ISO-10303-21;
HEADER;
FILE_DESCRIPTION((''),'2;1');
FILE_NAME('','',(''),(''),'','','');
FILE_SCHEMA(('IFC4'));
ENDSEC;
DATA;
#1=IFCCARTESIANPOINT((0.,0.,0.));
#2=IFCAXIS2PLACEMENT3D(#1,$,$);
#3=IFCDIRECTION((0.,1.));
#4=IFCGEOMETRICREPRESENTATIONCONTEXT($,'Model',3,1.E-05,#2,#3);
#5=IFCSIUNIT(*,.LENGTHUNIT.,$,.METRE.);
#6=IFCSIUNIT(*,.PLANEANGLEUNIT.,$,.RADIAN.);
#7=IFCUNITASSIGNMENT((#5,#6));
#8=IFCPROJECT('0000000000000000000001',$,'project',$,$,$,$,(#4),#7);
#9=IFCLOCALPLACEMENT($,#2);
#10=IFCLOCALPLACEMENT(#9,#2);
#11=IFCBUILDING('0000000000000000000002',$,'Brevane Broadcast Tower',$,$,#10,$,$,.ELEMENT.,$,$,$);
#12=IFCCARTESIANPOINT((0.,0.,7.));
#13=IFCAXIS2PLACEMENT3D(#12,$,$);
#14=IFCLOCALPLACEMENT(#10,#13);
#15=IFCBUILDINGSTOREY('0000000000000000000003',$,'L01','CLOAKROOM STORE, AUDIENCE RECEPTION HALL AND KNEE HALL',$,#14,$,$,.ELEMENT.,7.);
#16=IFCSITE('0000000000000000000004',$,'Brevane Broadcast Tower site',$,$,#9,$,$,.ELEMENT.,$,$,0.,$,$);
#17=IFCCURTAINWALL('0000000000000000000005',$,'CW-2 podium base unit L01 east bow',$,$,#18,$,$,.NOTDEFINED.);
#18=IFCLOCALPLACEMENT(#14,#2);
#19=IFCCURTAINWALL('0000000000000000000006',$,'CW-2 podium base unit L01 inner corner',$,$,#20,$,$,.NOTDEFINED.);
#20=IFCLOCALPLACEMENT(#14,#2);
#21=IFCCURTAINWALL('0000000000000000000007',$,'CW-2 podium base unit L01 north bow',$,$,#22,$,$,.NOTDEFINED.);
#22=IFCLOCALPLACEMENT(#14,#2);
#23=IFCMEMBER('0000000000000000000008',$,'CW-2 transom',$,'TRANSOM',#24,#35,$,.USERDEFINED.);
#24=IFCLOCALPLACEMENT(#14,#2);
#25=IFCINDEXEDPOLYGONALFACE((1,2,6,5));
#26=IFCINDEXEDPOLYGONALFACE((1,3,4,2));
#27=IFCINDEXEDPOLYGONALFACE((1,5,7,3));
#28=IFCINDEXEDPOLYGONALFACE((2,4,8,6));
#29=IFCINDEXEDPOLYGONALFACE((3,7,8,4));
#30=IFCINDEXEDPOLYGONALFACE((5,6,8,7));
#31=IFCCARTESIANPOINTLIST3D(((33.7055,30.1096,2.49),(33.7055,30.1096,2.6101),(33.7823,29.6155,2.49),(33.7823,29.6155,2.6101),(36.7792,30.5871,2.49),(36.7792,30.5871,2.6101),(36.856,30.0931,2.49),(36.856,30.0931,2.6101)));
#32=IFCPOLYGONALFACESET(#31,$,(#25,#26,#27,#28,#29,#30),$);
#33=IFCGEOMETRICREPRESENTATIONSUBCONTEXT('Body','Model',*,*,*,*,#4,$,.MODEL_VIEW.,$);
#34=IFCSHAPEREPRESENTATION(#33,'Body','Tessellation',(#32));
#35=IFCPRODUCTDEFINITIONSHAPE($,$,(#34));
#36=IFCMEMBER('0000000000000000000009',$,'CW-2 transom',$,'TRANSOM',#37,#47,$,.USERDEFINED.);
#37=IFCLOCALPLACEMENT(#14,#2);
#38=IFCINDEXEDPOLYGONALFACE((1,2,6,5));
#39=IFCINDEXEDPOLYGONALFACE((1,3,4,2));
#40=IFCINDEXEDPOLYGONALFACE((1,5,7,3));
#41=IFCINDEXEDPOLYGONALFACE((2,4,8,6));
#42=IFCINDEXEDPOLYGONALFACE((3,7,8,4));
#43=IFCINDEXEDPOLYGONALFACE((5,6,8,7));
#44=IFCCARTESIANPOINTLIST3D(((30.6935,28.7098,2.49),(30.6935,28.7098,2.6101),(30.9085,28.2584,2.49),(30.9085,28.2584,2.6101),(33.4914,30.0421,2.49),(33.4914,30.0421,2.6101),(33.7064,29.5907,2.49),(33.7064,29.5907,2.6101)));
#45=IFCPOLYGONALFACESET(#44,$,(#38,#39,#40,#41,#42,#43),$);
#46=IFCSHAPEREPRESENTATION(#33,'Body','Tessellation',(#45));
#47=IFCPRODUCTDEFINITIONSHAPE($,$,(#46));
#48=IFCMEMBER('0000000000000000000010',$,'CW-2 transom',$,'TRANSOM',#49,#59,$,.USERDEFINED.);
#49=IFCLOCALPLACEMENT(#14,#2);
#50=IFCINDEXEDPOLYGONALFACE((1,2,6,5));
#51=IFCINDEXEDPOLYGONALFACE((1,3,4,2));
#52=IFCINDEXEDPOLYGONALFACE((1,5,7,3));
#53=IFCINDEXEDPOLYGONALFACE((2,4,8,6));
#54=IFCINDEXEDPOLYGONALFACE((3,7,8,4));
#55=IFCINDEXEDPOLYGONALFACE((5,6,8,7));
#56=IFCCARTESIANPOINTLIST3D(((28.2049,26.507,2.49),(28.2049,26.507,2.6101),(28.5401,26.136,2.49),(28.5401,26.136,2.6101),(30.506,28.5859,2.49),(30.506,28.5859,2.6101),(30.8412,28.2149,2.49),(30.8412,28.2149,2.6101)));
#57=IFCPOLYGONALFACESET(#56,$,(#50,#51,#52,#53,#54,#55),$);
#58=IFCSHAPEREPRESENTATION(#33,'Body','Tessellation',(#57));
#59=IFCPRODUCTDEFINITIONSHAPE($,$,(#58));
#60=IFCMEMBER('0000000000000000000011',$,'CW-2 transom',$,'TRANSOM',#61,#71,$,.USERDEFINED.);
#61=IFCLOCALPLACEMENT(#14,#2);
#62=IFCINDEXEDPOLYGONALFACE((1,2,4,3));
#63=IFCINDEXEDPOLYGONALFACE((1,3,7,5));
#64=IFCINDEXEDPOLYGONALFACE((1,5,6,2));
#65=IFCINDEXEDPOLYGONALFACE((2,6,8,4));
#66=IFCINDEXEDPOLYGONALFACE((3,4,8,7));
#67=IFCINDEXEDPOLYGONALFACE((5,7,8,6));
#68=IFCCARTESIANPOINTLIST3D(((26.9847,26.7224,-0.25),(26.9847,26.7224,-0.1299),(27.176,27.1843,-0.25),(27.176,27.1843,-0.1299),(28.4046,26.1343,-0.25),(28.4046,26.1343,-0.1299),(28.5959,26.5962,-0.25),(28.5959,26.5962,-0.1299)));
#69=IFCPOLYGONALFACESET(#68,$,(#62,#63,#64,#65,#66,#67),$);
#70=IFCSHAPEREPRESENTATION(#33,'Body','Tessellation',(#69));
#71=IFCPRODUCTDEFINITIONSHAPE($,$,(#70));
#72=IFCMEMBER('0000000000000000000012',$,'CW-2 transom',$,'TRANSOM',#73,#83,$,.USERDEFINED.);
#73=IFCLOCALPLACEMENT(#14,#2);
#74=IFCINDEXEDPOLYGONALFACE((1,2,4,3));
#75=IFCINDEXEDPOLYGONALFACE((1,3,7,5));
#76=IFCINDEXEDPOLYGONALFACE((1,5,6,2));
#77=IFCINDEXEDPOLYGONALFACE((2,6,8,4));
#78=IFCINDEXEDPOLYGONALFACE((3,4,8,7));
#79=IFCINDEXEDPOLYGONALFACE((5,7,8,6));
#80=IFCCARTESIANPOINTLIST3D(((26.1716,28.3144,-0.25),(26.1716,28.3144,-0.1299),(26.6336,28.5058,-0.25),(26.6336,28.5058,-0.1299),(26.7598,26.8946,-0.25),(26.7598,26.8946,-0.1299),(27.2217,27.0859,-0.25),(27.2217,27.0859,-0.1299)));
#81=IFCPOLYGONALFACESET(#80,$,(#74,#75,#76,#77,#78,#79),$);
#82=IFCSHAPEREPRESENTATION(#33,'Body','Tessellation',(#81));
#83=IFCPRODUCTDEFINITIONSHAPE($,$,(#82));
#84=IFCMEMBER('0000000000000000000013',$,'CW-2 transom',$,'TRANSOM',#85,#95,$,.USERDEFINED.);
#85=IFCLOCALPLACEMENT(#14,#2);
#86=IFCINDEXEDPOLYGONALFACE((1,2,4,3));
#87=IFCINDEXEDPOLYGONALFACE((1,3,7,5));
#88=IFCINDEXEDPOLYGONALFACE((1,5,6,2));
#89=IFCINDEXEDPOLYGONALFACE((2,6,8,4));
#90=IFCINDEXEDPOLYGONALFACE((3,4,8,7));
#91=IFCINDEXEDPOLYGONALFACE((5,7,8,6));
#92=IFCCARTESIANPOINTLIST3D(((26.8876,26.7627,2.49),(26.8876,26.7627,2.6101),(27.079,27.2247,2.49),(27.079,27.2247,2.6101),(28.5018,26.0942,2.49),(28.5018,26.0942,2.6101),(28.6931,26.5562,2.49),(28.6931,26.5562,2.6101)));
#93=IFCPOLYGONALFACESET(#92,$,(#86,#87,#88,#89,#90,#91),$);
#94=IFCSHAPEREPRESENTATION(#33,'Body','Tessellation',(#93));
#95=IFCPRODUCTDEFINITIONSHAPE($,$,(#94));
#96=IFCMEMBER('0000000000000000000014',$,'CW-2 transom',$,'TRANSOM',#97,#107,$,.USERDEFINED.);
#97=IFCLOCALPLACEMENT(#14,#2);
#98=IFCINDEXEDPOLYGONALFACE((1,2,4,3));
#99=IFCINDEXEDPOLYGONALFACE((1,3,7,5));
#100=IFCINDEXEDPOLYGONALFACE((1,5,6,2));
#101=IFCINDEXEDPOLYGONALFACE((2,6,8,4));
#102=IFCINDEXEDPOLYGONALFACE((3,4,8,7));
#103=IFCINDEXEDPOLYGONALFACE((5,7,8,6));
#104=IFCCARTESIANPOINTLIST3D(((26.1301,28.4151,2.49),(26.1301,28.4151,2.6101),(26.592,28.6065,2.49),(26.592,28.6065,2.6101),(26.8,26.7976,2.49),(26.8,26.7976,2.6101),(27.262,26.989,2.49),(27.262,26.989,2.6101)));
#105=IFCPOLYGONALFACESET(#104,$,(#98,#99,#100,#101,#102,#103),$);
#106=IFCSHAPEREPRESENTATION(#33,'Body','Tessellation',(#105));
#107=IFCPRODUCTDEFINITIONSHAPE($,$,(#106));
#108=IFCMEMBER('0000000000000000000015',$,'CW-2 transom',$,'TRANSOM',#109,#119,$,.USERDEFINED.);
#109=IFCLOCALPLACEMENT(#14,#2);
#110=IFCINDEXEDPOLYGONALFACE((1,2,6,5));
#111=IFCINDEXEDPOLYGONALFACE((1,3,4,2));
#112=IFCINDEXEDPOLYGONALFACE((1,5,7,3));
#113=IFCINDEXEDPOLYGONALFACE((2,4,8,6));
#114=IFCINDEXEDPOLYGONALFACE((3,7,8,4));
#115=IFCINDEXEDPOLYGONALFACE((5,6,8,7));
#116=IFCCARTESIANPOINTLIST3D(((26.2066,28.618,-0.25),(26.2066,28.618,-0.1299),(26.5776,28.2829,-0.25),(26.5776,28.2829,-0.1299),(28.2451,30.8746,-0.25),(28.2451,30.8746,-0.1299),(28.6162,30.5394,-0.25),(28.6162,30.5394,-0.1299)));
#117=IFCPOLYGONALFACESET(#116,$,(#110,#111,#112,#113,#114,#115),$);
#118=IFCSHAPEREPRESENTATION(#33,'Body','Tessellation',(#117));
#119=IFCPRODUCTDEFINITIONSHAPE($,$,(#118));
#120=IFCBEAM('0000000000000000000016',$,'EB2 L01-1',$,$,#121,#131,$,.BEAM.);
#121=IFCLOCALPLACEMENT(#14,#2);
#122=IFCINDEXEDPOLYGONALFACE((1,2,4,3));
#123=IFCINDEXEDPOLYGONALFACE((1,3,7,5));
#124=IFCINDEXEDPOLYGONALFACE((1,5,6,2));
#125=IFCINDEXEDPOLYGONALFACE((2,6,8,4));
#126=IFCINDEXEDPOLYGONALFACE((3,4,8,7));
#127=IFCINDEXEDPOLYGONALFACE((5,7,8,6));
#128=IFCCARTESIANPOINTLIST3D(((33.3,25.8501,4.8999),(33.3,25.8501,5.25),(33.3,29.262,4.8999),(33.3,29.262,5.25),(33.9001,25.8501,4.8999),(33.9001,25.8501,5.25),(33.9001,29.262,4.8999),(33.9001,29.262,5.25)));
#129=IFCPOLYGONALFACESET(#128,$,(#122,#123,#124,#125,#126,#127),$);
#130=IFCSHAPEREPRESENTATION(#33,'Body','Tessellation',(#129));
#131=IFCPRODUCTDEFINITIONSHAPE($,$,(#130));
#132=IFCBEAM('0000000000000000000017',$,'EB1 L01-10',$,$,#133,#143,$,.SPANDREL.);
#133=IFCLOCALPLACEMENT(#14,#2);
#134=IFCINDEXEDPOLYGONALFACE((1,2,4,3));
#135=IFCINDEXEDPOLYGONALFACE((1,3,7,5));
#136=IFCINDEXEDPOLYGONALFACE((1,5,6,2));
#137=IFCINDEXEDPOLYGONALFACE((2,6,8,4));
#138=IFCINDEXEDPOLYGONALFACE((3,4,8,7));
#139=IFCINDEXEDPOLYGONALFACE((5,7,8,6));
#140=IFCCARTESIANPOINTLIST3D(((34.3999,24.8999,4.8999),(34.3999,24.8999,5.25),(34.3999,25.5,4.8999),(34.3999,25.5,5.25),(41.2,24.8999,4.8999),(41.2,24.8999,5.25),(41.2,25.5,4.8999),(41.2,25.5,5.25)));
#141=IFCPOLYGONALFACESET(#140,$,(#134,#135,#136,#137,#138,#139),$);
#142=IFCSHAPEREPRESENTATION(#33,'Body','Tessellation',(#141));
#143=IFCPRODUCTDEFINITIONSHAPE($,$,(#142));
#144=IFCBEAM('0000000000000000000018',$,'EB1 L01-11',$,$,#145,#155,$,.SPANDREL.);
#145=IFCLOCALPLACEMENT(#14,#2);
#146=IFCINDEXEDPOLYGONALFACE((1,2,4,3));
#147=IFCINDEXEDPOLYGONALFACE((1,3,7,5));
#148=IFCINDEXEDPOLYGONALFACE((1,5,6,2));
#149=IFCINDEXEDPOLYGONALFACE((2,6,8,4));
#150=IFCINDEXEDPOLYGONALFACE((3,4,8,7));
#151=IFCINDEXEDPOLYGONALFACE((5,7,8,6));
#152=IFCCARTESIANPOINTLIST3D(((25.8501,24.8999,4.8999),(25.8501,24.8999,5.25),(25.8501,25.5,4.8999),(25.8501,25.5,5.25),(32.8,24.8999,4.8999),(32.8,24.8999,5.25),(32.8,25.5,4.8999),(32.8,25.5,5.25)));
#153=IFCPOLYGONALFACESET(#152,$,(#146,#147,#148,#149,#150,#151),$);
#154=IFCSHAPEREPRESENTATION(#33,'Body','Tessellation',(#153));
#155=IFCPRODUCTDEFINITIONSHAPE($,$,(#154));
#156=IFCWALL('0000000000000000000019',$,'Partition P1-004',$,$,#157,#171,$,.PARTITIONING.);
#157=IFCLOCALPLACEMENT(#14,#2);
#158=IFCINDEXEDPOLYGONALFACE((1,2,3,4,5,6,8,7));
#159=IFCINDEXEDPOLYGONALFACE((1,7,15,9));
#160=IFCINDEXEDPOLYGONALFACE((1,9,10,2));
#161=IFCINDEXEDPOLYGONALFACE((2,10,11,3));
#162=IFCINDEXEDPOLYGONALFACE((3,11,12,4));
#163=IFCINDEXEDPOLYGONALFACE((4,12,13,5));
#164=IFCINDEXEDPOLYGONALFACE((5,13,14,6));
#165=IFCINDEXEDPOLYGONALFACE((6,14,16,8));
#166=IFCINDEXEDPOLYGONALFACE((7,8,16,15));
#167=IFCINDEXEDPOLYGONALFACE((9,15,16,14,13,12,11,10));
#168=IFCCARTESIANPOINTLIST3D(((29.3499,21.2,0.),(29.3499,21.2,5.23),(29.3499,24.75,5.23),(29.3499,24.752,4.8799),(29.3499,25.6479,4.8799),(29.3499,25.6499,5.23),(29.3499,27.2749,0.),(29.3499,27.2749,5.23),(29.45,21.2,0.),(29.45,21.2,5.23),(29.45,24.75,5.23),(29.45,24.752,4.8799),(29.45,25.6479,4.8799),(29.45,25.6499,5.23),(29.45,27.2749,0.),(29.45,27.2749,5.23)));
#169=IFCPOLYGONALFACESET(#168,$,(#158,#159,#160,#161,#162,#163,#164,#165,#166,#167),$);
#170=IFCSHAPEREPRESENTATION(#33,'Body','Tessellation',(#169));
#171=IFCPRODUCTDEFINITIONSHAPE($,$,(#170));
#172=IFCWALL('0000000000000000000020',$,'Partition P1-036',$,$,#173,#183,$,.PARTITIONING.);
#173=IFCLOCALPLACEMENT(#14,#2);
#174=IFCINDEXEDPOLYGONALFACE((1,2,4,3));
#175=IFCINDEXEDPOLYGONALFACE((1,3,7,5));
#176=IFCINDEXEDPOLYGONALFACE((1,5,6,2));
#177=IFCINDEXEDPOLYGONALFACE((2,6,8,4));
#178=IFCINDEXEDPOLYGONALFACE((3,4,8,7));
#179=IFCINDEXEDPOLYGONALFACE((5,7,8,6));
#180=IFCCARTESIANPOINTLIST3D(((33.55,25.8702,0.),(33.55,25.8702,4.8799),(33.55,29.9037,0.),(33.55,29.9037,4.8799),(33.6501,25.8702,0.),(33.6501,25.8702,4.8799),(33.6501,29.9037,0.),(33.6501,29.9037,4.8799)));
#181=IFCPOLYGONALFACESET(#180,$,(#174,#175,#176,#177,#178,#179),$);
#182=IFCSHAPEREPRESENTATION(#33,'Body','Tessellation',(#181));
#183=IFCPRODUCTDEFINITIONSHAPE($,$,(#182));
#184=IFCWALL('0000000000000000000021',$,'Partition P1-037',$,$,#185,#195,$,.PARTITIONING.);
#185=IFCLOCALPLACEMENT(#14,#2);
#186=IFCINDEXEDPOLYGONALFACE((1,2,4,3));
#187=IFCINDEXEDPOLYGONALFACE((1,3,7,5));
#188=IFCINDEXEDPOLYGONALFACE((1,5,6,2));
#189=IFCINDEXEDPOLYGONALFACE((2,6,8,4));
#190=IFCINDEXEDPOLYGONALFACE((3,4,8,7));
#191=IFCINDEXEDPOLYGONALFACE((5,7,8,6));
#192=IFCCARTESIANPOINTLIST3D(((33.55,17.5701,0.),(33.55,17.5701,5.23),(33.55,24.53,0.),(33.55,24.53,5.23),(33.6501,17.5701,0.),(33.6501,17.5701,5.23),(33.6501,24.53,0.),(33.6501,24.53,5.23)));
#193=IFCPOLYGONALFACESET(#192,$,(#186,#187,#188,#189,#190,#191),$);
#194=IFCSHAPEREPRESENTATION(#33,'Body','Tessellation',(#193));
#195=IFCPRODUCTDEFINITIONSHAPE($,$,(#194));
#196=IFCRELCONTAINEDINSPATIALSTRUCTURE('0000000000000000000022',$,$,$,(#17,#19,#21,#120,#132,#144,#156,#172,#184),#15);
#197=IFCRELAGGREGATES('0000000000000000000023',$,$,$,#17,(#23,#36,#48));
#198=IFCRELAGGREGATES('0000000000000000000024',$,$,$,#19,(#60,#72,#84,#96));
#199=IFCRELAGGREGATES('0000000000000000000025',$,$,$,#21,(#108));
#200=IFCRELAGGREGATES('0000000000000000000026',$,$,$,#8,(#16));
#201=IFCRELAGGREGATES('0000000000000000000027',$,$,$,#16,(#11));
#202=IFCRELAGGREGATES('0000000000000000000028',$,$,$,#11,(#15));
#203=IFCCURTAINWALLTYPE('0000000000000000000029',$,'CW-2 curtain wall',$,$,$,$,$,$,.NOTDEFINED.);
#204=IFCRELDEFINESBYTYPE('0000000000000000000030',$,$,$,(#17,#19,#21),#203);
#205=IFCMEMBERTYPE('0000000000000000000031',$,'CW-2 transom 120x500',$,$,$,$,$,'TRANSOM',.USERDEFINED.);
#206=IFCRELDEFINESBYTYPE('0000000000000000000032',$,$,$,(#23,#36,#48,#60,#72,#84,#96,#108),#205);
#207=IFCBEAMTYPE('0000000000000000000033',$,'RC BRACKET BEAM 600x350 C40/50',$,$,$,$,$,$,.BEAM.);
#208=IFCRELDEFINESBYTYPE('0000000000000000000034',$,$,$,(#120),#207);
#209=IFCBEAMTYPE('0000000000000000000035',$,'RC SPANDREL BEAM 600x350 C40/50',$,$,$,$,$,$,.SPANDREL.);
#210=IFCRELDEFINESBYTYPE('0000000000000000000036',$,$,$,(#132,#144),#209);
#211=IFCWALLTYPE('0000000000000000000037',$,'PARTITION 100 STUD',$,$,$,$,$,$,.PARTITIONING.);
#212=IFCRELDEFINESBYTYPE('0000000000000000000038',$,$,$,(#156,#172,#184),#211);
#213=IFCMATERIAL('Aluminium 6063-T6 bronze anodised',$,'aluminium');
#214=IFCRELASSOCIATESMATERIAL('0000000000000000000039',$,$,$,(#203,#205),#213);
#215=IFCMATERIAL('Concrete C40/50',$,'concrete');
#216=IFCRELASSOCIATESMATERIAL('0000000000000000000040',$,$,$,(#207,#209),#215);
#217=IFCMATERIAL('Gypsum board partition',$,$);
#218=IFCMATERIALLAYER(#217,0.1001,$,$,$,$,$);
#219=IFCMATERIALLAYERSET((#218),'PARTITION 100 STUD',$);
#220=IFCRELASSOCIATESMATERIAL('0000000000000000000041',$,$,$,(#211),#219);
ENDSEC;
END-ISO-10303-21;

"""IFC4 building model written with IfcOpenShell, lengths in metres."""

from ifc_helpers import new_model, si_unit, direction, frame, frame_2d, origin, origin_2d, place, context, subcontext, project, spatial, polyline, rectangle, outline, extrude, material, layer, layer_set, material_profile, profile_set, type_object, element, aggregate, save


model = new_model("IFC4")

# Units and contexts
model_context = context("Model", 3, precision=1e-05, world=origin(), true_north=direction((0.0, 1.0)))
body_context = subcontext(model_context, "Body", "Model", "MODEL_VIEW")
ifc_project = project(units=[si_unit("LENGTHUNIT", "METRE"), si_unit("PLANEANGLEUNIT", "RADIAN")], contexts=[model_context])

# Site, building, storey
site_placement = place(None, origin())
site = spatial("IfcSite", under=ifc_project, at=site_placement, Name="Brevane Broadcast Tower site", CompositionType="ELEMENT", RefElevation=0.0)
building_placement = place(site_placement, origin())
building = spatial("IfcBuilding", under=site, at=building_placement, Name="Brevane Broadcast Tower", CompositionType="ELEMENT")
storey_placement = place(building_placement, frame((0.0, 0.0, 7.0)))
storey = spatial("IfcBuildingStorey", under=building, at=storey_placement, Name="L01", Description="CLOAKROOM STORE, AUDIENCE RECEPTION HALL AND KNEE HALL", CompositionType="ELEMENT", Elevation=7.0)

# Curtain wall
ifc_material_1 = material(Name="Aluminium 6063-T6 bronze anodised", Category="aluminium")
curtain_wall_type = type_object("IfcCurtainWallType", Name="CW-2 curtain wall", PredefinedType="NOTDEFINED", material=ifc_material_1)
curtain_wall_1_placement = place(storey_placement, origin())
curtain_wall_1 = element("IfcCurtainWall", 1, at=curtain_wall_1_placement, inside=storey, type_object=curtain_wall_type, Name="CW-2 podium base unit L01 east bow", PredefinedType="NOTDEFINED")

# Curtain walls
curtain_wall_2_placement = place(storey_placement, origin())
curtain_wall_2 = element("IfcCurtainWall", 2, at=curtain_wall_2_placement, inside=storey, type_object=curtain_wall_type, Name="CW-2 podium base unit L01 inner corner", PredefinedType="NOTDEFINED")
curtain_wall_3_placement = place(storey_placement, origin())
curtain_wall_3 = element("IfcCurtainWall", 3, at=curtain_wall_3_placement, inside=storey, type_object=curtain_wall_type, Name="CW-2 podium base unit L01 north bow", PredefinedType="NOTDEFINED")

# Members
ifc_material_profile_1 = material_profile(ifc_material_1, rectangle(XDim=0.5, YDim=0.1201, at=origin_2d()), Name="RECT 120x500")
ifc_profile_set_1 = profile_set([ifc_material_profile_1], Name="Aluminium 6063-T6 bronze anodised")
member_type_1 = type_object("IfcMemberType", Name="CW-2 transom 120x500", ElementType="TRANSOM", PredefinedType="USERDEFINED", material=ifc_profile_set_1)
member_1_placement = place(storey_placement, frame((36.8176, 30.3401, 2.55), z_axis=(-0.988146, -0.15352, 0.0), x_axis=(0.15352, -0.988146, 0.0)))
member_1 = element("IfcMember", 4, at=member_1_placement, type_object=member_type_1, Name="CW-2 transom", ObjectType="TRANSOM", PredefinedType="USERDEFINED", context=body_context, shape_type="SweptSolid", body=[
    extrude(rectangle(XDim=0.5, YDim=0.1201, at=origin_2d()), origin(), (0.0, 0.0, 1.0), 3.1106),
])
member_2_placement = place(storey_placement, frame((33.5989, 29.8164, 2.55), z_axis=(-0.902865, -0.429924, 0.0), x_axis=(0.429924, -0.902865, 0.0)))
member_2 = element("IfcMember", 5, at=member_2_placement, type_object=member_type_1, Name="CW-2 transom", ObjectType="TRANSOM", PredefinedType="USERDEFINED", context=body_context, shape_type="SweptSolid", body=[
    extrude(rectangle(XDim=0.5, YDim=0.1201, at=origin_2d()), origin(), (0.0, 0.0, 1.0), 3.0989),
])
member_3_placement = place(storey_placement, frame((30.6736, 28.4004, 2.55), z_axis=(-0.742021, -0.670377, 0.0), x_axis=(0.670377, -0.742021, 0.0)))
member_3 = element("IfcMember", 6, at=member_3_placement, type_object=member_type_1, Name="CW-2 transom", ObjectType="TRANSOM", PredefinedType="USERDEFINED", context=body_context, shape_type="SweptSolid", body=[
    extrude(rectangle(XDim=0.5, YDim=0.1201, at=origin_2d()), origin(), (0.0, 0.0, 1.0), 3.1011),
])
aggregate(curtain_wall_1, [member_1, member_2, member_3])
member_4_placement = place(storey_placement, frame((28.5002, 26.3652, -0.1899), z_axis=(-0.923883, 0.382674, 0.0), x_axis=(-0.382674, -0.923883, 0.0)))
member_4 = element("IfcMember", 7, at=member_4_placement, type_object=member_type_1, Name="CW-2 transom", ObjectType="TRANSOM", PredefinedType="USERDEFINED", context=body_context, shape_type="SweptSolid", body=[
    extrude(rectangle(XDim=0.5, YDim=0.1201, at=origin_2d()), origin(), (0.0, 0.0, 1.0), 1.5369),
])
member_5_placement = place(storey_placement, frame((26.9907, 26.9902, -0.1899), z_axis=(-0.382674, 0.923883, 0.0), x_axis=(-0.923883, -0.382674, 0.0)))
member_5 = element("IfcMember", 8, at=member_5_placement, type_object=member_type_1, Name="CW-2 transom", ObjectType="TRANSOM", PredefinedType="USERDEFINED", context=body_context, shape_type="SweptSolid", body=[
    extrude(rectangle(XDim=0.5, YDim=0.1201, at=origin_2d()), origin(), (0.0, 0.0, 1.0), 1.5369),
])
member_6_placement = place(storey_placement, frame((28.5974, 26.3252, 2.55), z_axis=(-0.923898, 0.38264, 0.0), x_axis=(-0.38264, -0.923898, 0.0)))
member_6 = element("IfcMember", 9, at=member_6_placement, type_object=member_type_1, Name="CW-2 transom", ObjectType="TRANSOM", PredefinedType="USERDEFINED", context=body_context, shape_type="SweptSolid", body=[
    extrude(rectangle(XDim=0.5, YDim=0.1201, at=origin_2d()), origin(), (0.0, 0.0, 1.0), 1.7471),
])
member_7_placement = place(storey_placement, frame((27.031, 26.8933, 2.55), z_axis=(-0.382664, 0.923888, 0.0), x_axis=(-0.923888, -0.382664, 0.0)))
member_7 = element("IfcMember", 10, at=member_7_placement, type_object=member_type_1, Name="CW-2 transom", ObjectType="TRANSOM", PredefinedType="USERDEFINED", context=body_context, shape_type="SweptSolid", body=[
    extrude(rectangle(XDim=0.5, YDim=0.1201, at=origin_2d()), origin(), (0.0, 0.0, 1.0), 1.7507),
])
aggregate(curtain_wall_2, [member_4, member_5, member_6, member_7])
member_8_placement = place(storey_placement, frame((26.3921, 28.4504, -0.1899), z_axis=(0.670352, 0.742043, 0.0), x_axis=(-0.742043, 0.670352, 0.0)))
member_8 = element("IfcMember", 11, at=member_8_placement, type_object=member_type_1, Name="CW-2 transom", ObjectType="TRANSOM", PredefinedType="USERDEFINED", context=body_context, shape_type="SweptSolid", body=[
    extrude(rectangle(XDim=0.5, YDim=0.1201, at=origin_2d()), origin(), (0.0, 0.0, 1.0), 3.041),
])
aggregate(curtain_wall_3, [member_8])

# Beams
ifc_material_2 = material(Name="Concrete C40/50", Category="concrete")
ifc_material_profile_2 = material_profile(ifc_material_2, rectangle(XDim=0.6001, YDim=0.3501, at=origin_2d()), Name="RC 600x350")
ifc_profile_set_2 = profile_set([ifc_material_profile_2], Name="Concrete C40/50")
beam_type_1 = type_object("IfcBeamType", Name="RC BRACKET BEAM 600x350 C40/50", PredefinedType="BEAM", material=ifc_profile_set_2)
beam_1_placement = place(storey_placement, frame((33.6001, 25.8501, 5.075), z_axis=(0.0, 1.0, 0.0), x_axis=(-1.0, 0.0, 0.0)))
element("IfcBeam", 12, at=beam_1_placement, inside=storey, type_object=beam_type_1, Name="EB2 L01-1", PredefinedType="BEAM", context=body_context, shape_type="SweptSolid", body=[
    extrude(rectangle(XDim=0.6001, YDim=0.3501, at=origin_2d()), origin(), (0.0, 0.0, 1.0), 3.4119),
])
ifc_material_profile_3 = material_profile(ifc_material_2, rectangle(XDim=0.6001, YDim=0.3501, at=origin_2d()), Name="RC 600x350")
ifc_profile_set_3 = profile_set([ifc_material_profile_3], Name="Concrete C40/50")
beam_type_2 = type_object("IfcBeamType", Name="RC SPANDREL BEAM 600x350 C40/50", PredefinedType="SPANDREL", material=ifc_profile_set_3)
beam_2_placement = place(storey_placement, frame((41.2, 25.2, 5.075), z_axis=(-1.0, 0.0, 0.0), x_axis=(0.0, -1.0, 0.0)))
element("IfcBeam", 13, at=beam_2_placement, inside=storey, type_object=beam_type_2, Name="EB1 L01-10", PredefinedType="SPANDREL", context=body_context, shape_type="SweptSolid", body=[
    extrude(rectangle(XDim=0.6001, YDim=0.3501, at=origin_2d()), origin(), (0.0, 0.0, 1.0), 6.8),
])
beam_3_placement = place(storey_placement, frame((32.8, 25.2, 5.075), z_axis=(-1.0, 0.0, 0.0), x_axis=(0.0, -1.0, 0.0)))
element("IfcBeam", 14, at=beam_3_placement, inside=storey, type_object=beam_type_2, Name="EB1 L01-11", PredefinedType="SPANDREL", context=body_context, shape_type="SweptSolid", body=[
    extrude(rectangle(XDim=0.6001, YDim=0.3501, at=origin_2d()), origin(), (0.0, 0.0, 1.0), 6.95),
])

# Walls
ifc_material_3 = material(Name="Gypsum board partition")
ifc_layer_1 = layer(ifc_material_3, 0.1001)
ifc_layer_set_1 = layer_set([ifc_layer_1], Name="PARTITION 100 STUD")
wall_type_1 = type_object("IfcWallType", Name="PARTITION 100 STUD", PredefinedType="PARTITIONING", material=ifc_layer_set_1)
wall_1_placement = place(storey_placement, frame((29.3999, 27.2749, 0.0), z_axis=(0.0, 0.0, 1.0), x_axis=(0.0, -1.0, 0.0)))
element("IfcWall", 15, at=wall_1_placement, inside=storey, type_object=wall_type_1, Name="Partition P1-004", PredefinedType="PARTITIONING", context=body_context, shape_type="SweptSolid", body=[
    extrude(outline(polyline([(0.0, 0.0), (6.075, 0.0), (6.075, 5.23), (2.5249, 5.23), (2.5229, 4.8799), (1.627, 4.8799), (1.625, 5.23), (0.0, 5.23), (0.0, 0.0)])), frame((0.0, 0.05, 0.0), z_axis=(0.0, -1.0, 0.0), x_axis=(1.0, 0.0, 0.0)), (0.0, 0.0, 1.0), 0.1001),
])
wall_2_placement = place(storey_placement, frame((33.6001, 29.9036, 0.0), z_axis=(0.0, 0.0, 1.0), x_axis=(0.0, -1.0, 0.0)))
element("IfcWall", 16, at=wall_2_placement, inside=storey, type_object=wall_type_1, Name="Partition P1-036", PredefinedType="PARTITIONING", context=body_context, shape_type="SweptSolid", body=[
    extrude(rectangle(XDim=4.0334, YDim=0.1001, at=frame_2d((2.0166, 0.0))), origin(), (0.0, 0.0, 1.0), 4.8799),
])
wall_3_placement = place(storey_placement, frame((33.6001, 24.53, 0.0), z_axis=(0.0, 0.0, 1.0), x_axis=(0.0, -1.0, 0.0)))
element("IfcWall", 17, at=wall_3_placement, inside=storey, type_object=wall_type_1, Name="Partition P1-037", PredefinedType="PARTITIONING", context=body_context, shape_type="SweptSolid", body=[
    extrude(rectangle(XDim=6.96, YDim=0.1001, at=frame_2d((3.48, 0.0))), origin(), (0.0, 0.0, 1.0), 5.23),
])

save(model, "model.ifc")
